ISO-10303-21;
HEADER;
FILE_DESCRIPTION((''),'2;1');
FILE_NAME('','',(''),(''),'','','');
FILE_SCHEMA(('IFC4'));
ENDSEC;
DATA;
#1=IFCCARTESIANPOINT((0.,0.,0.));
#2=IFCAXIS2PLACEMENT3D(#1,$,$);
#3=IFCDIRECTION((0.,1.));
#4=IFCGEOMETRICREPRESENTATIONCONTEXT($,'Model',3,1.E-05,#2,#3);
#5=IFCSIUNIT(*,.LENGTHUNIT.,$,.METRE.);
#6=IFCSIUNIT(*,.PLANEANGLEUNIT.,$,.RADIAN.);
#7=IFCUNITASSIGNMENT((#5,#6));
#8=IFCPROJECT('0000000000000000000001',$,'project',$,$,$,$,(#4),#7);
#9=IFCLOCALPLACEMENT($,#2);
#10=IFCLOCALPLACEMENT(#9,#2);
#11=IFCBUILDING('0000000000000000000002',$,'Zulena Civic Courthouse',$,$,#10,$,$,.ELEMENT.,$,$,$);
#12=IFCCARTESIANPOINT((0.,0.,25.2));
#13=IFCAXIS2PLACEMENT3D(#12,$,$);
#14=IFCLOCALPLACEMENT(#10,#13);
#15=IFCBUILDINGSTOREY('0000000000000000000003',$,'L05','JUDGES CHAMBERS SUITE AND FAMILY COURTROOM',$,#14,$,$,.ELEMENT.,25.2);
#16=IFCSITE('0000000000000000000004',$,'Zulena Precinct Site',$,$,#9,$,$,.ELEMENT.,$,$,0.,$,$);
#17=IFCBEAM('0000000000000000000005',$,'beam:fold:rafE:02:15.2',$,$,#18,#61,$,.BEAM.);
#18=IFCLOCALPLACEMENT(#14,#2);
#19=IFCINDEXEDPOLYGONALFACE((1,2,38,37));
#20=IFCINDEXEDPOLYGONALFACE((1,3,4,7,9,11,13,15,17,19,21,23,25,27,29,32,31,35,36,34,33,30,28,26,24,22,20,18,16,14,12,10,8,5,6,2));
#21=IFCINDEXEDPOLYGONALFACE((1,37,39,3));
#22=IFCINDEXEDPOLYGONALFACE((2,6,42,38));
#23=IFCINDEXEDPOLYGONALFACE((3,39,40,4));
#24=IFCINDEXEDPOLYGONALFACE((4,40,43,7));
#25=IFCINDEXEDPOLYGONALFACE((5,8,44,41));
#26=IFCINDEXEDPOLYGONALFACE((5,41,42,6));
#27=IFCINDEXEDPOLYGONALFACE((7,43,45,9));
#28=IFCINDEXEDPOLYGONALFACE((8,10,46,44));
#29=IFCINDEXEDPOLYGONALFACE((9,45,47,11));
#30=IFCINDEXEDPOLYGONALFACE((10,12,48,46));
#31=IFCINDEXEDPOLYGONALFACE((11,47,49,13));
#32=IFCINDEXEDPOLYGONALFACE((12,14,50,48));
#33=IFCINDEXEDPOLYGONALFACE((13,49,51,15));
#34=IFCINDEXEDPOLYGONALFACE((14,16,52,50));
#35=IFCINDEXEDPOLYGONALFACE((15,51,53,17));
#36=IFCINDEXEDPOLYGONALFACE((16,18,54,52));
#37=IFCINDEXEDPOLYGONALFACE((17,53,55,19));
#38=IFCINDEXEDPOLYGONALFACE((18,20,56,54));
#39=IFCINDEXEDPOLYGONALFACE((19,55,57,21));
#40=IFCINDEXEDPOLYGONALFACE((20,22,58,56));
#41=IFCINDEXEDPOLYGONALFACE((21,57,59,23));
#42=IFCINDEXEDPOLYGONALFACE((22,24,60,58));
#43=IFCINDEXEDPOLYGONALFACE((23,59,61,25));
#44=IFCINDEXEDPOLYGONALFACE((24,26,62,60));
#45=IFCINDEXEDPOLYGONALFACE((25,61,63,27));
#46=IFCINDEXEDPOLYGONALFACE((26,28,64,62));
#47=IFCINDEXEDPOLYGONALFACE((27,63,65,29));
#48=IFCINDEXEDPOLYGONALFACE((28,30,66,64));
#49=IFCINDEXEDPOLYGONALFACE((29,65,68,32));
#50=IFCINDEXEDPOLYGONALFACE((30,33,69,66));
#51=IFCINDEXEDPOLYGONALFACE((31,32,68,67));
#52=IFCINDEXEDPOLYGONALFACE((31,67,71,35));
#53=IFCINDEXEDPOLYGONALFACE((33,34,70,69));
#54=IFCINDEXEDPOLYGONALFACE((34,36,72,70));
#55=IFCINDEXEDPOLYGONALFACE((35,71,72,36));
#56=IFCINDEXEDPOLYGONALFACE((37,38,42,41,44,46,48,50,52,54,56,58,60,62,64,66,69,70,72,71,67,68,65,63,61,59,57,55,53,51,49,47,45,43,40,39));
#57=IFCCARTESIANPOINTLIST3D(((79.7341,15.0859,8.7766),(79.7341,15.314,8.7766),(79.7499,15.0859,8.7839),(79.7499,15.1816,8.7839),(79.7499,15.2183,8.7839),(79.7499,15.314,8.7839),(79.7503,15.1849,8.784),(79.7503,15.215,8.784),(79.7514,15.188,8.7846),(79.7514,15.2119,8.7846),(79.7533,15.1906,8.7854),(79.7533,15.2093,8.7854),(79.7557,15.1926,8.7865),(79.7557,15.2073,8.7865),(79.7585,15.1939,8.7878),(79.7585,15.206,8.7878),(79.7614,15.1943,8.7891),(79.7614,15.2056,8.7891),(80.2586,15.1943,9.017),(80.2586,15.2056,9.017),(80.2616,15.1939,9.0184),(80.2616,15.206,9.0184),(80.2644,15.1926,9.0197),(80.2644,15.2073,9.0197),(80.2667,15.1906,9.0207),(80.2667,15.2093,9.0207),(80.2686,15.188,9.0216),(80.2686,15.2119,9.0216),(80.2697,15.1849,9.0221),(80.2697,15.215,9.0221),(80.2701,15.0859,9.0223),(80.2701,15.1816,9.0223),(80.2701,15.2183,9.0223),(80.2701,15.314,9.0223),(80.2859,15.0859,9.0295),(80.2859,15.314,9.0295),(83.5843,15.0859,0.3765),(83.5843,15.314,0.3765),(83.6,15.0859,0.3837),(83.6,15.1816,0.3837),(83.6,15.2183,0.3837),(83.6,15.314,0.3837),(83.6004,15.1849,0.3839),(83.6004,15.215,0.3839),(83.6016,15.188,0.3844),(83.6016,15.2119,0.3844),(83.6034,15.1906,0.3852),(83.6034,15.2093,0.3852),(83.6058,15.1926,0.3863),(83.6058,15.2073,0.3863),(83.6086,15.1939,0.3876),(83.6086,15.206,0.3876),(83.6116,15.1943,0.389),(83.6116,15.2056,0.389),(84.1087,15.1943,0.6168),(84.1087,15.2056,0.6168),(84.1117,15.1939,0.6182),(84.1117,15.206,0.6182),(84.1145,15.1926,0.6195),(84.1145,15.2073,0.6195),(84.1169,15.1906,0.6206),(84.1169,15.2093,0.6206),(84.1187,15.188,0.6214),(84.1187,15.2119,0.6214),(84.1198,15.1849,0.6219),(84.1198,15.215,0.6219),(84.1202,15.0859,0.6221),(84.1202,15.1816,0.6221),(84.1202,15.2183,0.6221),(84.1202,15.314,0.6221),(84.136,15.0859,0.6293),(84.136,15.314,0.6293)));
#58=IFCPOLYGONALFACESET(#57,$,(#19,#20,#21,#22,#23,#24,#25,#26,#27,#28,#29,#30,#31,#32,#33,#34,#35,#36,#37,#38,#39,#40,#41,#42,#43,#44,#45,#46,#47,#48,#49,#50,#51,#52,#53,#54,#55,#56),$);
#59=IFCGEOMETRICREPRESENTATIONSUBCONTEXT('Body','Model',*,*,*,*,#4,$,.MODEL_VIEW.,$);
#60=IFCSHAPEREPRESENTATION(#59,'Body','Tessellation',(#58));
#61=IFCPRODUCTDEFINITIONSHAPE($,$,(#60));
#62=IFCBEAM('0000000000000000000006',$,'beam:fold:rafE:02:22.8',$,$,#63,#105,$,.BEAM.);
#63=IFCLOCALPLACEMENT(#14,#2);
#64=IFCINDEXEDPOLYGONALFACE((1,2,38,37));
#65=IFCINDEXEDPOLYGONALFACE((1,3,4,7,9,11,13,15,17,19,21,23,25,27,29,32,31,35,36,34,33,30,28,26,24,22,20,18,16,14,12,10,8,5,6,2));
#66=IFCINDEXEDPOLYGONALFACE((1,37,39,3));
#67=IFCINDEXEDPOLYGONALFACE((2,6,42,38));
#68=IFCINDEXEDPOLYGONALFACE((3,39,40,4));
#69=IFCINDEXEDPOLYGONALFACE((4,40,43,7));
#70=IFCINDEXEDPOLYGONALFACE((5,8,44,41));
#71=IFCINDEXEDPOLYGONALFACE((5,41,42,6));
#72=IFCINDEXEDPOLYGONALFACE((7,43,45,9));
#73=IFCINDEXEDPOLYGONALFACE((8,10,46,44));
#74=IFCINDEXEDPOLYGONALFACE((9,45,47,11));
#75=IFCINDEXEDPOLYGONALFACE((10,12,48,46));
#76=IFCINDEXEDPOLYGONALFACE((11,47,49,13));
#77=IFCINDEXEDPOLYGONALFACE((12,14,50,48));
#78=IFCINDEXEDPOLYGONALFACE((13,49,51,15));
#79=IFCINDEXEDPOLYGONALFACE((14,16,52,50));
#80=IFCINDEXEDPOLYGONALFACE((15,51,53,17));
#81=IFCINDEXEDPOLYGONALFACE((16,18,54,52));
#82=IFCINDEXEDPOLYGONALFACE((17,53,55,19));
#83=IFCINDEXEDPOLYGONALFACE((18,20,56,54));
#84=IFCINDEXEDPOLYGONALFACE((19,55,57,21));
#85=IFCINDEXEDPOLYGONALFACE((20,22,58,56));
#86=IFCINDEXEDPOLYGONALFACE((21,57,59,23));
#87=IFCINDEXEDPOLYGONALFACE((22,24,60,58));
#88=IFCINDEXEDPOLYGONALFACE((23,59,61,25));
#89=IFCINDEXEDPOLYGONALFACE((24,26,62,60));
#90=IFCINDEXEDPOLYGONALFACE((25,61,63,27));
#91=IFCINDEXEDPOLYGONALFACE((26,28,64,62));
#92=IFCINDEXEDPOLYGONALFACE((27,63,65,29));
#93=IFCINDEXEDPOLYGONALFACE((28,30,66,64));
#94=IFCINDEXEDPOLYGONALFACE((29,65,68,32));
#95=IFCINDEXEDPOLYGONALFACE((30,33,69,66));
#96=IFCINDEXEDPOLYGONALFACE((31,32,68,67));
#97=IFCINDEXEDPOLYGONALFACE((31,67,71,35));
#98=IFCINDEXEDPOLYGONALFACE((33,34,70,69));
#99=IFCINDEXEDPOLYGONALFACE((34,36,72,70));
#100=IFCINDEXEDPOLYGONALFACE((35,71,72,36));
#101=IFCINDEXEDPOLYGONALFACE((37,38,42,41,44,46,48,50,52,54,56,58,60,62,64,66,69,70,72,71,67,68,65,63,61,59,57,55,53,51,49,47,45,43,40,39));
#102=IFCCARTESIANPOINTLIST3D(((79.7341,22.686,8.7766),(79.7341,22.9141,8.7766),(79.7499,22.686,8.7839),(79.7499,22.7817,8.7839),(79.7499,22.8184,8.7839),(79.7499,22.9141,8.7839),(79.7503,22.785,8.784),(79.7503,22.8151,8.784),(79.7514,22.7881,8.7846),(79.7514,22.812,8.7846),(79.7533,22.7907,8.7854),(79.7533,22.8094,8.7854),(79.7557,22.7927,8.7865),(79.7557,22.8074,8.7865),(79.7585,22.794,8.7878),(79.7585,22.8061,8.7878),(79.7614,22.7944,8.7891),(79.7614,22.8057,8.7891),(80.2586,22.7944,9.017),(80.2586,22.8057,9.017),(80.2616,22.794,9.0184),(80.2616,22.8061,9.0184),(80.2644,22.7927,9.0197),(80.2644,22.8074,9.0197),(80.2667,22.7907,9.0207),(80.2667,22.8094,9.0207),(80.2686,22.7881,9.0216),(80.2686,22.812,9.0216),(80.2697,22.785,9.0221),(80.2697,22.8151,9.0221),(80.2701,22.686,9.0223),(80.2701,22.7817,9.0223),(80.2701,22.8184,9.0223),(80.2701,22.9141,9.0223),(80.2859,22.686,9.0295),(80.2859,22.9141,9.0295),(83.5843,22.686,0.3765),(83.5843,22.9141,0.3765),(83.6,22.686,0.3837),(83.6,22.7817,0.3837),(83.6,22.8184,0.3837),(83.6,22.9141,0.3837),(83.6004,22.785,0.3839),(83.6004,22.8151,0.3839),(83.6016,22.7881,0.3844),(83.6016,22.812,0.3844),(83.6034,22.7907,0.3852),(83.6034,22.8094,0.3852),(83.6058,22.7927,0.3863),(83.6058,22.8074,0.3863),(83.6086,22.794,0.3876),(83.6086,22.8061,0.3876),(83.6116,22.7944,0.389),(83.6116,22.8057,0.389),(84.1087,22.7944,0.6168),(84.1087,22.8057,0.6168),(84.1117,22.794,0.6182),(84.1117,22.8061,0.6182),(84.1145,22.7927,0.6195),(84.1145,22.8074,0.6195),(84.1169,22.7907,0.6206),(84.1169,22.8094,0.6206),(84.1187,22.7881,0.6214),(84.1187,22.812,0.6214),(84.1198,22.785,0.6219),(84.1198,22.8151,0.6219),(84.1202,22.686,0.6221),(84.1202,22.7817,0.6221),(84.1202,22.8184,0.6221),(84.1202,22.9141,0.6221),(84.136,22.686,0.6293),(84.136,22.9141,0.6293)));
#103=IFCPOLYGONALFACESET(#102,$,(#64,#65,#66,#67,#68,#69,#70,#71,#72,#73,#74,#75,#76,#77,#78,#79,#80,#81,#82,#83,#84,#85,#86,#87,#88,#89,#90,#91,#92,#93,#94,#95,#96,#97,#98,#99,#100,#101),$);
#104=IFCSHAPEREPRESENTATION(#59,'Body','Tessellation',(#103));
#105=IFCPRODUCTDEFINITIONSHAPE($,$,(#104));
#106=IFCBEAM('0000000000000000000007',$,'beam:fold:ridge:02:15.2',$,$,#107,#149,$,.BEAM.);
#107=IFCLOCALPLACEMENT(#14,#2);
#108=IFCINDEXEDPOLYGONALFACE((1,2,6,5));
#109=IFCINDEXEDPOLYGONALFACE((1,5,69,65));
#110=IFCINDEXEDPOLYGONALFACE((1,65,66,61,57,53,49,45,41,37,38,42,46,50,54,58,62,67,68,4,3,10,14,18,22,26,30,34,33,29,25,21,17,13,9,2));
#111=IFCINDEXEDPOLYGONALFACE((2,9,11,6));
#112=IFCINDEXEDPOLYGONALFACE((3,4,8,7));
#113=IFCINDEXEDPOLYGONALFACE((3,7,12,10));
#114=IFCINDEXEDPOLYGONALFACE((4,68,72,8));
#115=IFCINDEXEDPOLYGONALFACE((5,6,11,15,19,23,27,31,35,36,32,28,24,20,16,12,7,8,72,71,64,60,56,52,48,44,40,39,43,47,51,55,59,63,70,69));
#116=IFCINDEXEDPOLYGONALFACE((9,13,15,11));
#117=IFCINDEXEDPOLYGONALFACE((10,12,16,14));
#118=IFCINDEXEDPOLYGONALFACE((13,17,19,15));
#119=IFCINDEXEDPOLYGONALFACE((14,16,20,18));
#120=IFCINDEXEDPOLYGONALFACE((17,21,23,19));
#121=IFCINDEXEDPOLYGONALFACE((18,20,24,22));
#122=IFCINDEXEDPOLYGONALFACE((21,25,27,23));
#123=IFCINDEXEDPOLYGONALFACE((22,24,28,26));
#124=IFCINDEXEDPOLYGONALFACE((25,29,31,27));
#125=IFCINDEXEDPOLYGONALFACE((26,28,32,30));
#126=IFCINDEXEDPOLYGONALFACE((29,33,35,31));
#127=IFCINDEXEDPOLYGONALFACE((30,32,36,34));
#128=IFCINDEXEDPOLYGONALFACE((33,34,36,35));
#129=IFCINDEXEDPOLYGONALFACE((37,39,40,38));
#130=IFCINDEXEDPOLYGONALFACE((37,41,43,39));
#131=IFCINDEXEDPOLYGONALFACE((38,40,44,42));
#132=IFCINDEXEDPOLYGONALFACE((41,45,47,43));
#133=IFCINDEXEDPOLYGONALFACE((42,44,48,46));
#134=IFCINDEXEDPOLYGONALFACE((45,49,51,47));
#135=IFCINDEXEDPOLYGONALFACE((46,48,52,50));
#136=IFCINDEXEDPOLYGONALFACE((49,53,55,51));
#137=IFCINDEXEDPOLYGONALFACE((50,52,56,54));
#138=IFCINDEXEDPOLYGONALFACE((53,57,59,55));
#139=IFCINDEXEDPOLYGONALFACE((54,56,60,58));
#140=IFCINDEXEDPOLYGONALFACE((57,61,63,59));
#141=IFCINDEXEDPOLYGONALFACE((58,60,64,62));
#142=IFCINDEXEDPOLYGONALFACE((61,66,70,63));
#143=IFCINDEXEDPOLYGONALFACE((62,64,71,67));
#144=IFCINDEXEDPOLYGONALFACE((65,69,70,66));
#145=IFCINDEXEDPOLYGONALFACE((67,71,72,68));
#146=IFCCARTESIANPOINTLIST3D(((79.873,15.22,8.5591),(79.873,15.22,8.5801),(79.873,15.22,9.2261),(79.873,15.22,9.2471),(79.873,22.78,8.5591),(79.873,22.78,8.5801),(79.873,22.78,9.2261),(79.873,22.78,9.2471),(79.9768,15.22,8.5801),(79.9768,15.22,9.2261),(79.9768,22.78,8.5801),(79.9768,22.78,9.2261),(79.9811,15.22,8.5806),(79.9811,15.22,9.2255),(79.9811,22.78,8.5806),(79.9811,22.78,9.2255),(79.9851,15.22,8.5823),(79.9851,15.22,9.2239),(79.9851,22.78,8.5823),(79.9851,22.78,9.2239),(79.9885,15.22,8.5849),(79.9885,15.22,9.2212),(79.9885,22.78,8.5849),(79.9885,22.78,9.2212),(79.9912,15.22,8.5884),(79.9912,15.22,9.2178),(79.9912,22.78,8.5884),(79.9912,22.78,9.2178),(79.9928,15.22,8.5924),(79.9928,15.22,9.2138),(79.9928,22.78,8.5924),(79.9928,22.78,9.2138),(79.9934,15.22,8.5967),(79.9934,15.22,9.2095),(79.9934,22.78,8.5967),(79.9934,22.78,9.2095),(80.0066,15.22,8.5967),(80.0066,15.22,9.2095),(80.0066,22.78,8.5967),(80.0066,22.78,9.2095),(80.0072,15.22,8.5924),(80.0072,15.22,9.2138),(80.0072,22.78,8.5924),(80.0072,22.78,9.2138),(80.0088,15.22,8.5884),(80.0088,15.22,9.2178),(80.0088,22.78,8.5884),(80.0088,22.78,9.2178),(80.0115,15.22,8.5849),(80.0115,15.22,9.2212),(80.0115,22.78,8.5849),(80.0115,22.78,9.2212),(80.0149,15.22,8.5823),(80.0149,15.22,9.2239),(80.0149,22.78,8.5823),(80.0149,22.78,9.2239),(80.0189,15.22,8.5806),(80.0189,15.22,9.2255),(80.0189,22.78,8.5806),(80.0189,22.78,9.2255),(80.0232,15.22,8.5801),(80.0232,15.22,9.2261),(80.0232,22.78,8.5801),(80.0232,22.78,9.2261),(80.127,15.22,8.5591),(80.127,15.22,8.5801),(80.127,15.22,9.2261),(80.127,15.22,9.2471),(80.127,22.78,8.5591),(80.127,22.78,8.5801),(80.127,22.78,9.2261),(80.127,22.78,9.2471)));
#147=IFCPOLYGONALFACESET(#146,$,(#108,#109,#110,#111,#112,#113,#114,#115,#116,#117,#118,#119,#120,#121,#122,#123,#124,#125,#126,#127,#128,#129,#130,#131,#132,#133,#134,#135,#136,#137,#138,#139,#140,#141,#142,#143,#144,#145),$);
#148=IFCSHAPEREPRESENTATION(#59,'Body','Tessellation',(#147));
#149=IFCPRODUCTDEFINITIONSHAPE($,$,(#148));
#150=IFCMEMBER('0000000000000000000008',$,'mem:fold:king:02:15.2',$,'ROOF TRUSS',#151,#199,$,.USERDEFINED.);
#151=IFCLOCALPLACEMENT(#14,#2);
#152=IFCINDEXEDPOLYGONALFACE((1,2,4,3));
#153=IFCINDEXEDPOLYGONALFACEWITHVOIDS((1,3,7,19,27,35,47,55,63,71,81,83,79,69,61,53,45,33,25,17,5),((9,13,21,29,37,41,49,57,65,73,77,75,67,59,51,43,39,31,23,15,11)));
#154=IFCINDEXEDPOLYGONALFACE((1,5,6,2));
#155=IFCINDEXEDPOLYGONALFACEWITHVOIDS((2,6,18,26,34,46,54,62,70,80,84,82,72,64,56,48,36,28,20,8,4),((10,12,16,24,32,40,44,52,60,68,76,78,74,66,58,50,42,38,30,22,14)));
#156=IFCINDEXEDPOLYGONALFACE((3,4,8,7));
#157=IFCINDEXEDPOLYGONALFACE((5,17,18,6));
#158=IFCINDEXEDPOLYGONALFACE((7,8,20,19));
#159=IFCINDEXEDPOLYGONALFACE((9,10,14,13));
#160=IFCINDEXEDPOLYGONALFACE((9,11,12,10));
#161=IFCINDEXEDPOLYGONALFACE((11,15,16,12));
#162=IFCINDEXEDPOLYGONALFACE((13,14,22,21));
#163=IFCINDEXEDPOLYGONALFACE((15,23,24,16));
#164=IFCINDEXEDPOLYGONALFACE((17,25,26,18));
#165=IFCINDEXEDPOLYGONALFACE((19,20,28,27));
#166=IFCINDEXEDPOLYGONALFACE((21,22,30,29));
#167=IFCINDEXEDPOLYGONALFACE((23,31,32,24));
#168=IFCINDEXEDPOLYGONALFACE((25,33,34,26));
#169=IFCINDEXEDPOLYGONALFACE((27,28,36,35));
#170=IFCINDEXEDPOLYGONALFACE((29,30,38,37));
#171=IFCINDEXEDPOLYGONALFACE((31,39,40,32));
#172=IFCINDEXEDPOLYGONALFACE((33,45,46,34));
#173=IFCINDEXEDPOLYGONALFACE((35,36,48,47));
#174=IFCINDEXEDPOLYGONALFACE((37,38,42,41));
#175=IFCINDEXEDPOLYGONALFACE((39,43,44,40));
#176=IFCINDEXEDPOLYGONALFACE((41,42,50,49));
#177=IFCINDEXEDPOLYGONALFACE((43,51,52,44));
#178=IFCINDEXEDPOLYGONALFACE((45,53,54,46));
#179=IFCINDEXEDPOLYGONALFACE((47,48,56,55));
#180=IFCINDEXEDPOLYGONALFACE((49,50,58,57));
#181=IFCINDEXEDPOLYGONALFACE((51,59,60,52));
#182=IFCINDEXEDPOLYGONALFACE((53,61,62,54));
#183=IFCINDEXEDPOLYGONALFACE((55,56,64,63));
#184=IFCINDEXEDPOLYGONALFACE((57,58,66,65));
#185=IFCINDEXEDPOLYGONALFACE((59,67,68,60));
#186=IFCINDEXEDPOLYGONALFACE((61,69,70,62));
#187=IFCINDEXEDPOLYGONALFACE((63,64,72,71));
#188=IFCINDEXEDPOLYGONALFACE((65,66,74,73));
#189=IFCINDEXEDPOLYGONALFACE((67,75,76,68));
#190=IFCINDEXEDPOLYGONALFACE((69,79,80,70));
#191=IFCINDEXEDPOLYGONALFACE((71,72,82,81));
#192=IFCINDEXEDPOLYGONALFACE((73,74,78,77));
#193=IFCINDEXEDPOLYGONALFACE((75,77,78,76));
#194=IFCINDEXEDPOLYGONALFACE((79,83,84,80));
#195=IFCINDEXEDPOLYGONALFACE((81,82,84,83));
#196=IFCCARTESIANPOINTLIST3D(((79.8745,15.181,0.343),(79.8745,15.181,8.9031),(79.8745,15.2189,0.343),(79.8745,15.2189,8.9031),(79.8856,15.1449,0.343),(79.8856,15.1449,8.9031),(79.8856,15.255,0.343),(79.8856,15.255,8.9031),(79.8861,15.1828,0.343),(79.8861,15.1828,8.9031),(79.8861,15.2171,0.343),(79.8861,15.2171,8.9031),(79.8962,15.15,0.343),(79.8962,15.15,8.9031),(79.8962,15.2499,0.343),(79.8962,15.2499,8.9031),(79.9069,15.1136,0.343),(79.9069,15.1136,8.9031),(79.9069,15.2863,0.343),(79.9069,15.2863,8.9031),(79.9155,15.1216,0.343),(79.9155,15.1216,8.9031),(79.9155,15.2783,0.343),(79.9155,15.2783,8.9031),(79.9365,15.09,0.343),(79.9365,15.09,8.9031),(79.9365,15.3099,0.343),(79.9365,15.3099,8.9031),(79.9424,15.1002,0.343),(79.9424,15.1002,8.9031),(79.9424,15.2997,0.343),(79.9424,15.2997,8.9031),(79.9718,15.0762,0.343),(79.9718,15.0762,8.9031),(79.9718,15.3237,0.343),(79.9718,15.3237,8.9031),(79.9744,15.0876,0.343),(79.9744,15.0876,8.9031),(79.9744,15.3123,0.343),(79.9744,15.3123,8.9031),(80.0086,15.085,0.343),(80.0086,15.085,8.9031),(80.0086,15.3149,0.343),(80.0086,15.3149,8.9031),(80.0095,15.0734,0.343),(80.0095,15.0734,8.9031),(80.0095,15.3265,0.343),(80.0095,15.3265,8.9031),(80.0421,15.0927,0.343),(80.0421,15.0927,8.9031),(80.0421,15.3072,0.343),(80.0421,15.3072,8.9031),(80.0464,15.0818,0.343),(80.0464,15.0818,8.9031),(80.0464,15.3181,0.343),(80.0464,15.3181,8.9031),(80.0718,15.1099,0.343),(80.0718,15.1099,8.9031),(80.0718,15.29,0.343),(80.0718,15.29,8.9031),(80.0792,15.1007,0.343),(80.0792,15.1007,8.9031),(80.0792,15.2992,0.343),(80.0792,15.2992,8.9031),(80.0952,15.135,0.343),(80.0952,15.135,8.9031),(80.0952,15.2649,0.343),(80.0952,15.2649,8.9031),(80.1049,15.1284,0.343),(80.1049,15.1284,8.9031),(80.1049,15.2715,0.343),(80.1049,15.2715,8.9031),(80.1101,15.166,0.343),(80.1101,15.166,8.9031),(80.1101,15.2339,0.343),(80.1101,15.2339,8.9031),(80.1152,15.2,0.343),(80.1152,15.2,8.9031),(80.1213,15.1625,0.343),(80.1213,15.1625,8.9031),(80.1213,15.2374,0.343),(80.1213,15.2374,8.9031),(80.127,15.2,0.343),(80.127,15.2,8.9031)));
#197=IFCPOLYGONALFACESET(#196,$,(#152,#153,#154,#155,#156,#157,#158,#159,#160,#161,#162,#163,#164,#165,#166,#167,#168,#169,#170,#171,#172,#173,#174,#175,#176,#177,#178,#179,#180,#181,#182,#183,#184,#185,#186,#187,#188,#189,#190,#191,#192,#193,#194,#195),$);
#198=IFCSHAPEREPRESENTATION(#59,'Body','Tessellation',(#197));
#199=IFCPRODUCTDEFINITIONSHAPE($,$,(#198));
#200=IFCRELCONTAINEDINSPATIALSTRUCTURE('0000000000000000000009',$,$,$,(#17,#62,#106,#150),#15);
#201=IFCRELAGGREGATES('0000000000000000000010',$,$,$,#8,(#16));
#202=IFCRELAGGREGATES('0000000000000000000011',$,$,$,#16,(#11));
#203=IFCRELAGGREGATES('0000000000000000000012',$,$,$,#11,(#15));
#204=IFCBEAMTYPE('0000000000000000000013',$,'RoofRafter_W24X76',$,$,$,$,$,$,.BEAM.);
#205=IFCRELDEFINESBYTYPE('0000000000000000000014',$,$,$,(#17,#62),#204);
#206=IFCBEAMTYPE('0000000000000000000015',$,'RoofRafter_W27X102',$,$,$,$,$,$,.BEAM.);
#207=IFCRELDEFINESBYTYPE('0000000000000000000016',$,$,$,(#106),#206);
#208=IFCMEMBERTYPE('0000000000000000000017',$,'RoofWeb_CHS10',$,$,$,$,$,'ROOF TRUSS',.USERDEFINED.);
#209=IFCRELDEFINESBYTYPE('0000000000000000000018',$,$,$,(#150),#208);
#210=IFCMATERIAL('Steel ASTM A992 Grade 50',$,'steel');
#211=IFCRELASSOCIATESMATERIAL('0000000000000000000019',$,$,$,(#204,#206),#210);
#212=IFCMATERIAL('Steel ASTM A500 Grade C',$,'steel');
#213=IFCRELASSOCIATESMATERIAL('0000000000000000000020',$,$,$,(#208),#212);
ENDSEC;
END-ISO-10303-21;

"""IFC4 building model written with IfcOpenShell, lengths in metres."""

from ifc_helpers import new_model, si_unit, direction, frame, origin, origin_2d, place, context, subcontext, project, spatial, hollow_circle, i_section, extrude, material, material_profile, profile_set, type_object, element, save


model = new_model("IFC4")

# Units and contexts
model_context = context("Model", 3, precision=1e-05, world=origin(), true_north=direction((0.0, 1.0)))
body_context = subcontext(model_context, "Body", "Model", "MODEL_VIEW")
ifc_project = project(units=[si_unit("LENGTHUNIT", "METRE"), si_unit("PLANEANGLEUNIT", "RADIAN")], contexts=[model_context])

# Site, building, storey
site_placement = place(None, origin())
site = spatial("IfcSite", under=ifc_project, at=site_placement, Name="Zulena Precinct Site", CompositionType="ELEMENT", RefElevation=0.0)
building_placement = place(site_placement, origin())
building = spatial("IfcBuilding", under=site, at=building_placement, Name="Zulena Civic Courthouse", CompositionType="ELEMENT")
storey_placement = place(building_placement, frame((0.0, 0.0, 25.2)))
storey = spatial("IfcBuildingStorey", under=building, at=storey_placement, Name="L05", Description="JUDGES CHAMBERS SUITE AND FAMILY COURTROOM", CompositionType="ELEMENT", Elevation=25.2)

# Beams
ifc_material_1 = material(Name="Steel ASTM A992 Grade 50", Category="steel")
ifc_material_profile_1 = material_profile(ifc_material_1, i_section(OverallWidth=0.228, OverallDepth=0.6069, WebThickness=0.0112, FlangeThickness=0.0173, FilletRadius=0.0127, at=origin_2d()), Name="W24X76")
ifc_profile_set_1 = profile_set([ifc_material_profile_1], Name="Steel ASTM A992 Grade 50")
beam_type_1 = type_object("IfcBeamType", Name="RoofRafter_W24X76", PredefinedType="BEAM", material=ifc_profile_set_1)
for number, where, z_axis, x_axis, name in (
    (1, (80.01, 15.2, 8.9031), (0.416657, 0.0, -0.909064), (0.0, 1.0, 0.0), "beam:fold:rafE:02:15.2"),
    (2, (80.01, 22.8, 8.9031), (0.416657, 0.0, -0.909064), (0.0, 1.0, 0.0), "beam:fold:rafE:02:22.8"),
):
    element("IfcBeam", number, at=place(storey_placement, frame(where, z_axis=z_axis, x_axis=x_axis)), inside=storey, type_object=beam_type_1, Name=name, PredefinedType="BEAM", context=body_context, shape_type="SweptSolid", body=[
        extrude(i_section(OverallWidth=0.228, OverallDepth=0.6069, WebThickness=0.0112, FlangeThickness=0.0173, FilletRadius=0.0127, at=origin_2d()), origin(), (0.0, 0.0, 1.0), 9.2405),
    ])
ifc_material_profile_2 = material_profile(ifc_material_1, i_section(OverallWidth=0.2539, OverallDepth=0.688, WebThickness=0.0132, FlangeThickness=0.021, FilletRadius=0.0166, at=origin_2d()), Name="W27X102")
ifc_profile_set_2 = profile_set([ifc_material_profile_2], Name="Steel ASTM A992 Grade 50")
beam_type_2 = type_object("IfcBeamType", Name="RoofRafter_W27X102", PredefinedType="BEAM", material=ifc_profile_set_2)
beam_placement = place(storey_placement, frame((80.0, 15.22, 8.9031), z_axis=(0.0, 1.0, 0.0), x_axis=(-1.0, 0.0, 0.0)))
element("IfcBeam", 3, at=beam_placement, inside=storey, type_object=beam_type_2, Name="beam:fold:ridge:02:15.2", PredefinedType="BEAM", context=body_context, shape_type="SweptSolid", body=[
    extrude(i_section(OverallWidth=0.2539, OverallDepth=0.688, WebThickness=0.0132, FlangeThickness=0.021, FilletRadius=0.0166, at=origin_2d()), origin(), (0.0, 0.0, 1.0), 7.5601),
])

# Member
ifc_material_2 = material(Name="Steel ASTM A500 Grade C", Category="steel")
ifc_material_profile_3 = material_profile(ifc_material_2, hollow_circle(Radius=0.127, WallThickness=0.0117, at=origin_2d()), Name="HSS10.000X0.500")
ifc_profile_set_3 = profile_set([ifc_material_profile_3], Name="Steel ASTM A500 Grade C")
member_type_1 = type_object("IfcMemberType", Name="RoofWeb_CHS10", ElementType="ROOF TRUSS", PredefinedType="USERDEFINED", material=ifc_profile_set_3)
for number, where, z_axis, x_axis, name in (
    (4, (80.0, 15.2, 0.343), (0.0, 0.0, 1.0), (1.0, 0.0, 0.0), "mem:fold:king:02:15.2"),
):
    element("IfcMember", number, at=place(storey_placement, frame(where, z_axis=z_axis, x_axis=x_axis)), inside=storey, type_object=member_type_1, Name=name, ObjectType="ROOF TRUSS", PredefinedType="USERDEFINED", context=body_context, shape_type="SweptSolid", body=[
        extrude(hollow_circle(Radius=0.127, WallThickness=0.0117, at=origin_2d()), origin(), (0.0, 0.0, 1.0), 8.5601),
    ])

save(model, "model.ifc")
